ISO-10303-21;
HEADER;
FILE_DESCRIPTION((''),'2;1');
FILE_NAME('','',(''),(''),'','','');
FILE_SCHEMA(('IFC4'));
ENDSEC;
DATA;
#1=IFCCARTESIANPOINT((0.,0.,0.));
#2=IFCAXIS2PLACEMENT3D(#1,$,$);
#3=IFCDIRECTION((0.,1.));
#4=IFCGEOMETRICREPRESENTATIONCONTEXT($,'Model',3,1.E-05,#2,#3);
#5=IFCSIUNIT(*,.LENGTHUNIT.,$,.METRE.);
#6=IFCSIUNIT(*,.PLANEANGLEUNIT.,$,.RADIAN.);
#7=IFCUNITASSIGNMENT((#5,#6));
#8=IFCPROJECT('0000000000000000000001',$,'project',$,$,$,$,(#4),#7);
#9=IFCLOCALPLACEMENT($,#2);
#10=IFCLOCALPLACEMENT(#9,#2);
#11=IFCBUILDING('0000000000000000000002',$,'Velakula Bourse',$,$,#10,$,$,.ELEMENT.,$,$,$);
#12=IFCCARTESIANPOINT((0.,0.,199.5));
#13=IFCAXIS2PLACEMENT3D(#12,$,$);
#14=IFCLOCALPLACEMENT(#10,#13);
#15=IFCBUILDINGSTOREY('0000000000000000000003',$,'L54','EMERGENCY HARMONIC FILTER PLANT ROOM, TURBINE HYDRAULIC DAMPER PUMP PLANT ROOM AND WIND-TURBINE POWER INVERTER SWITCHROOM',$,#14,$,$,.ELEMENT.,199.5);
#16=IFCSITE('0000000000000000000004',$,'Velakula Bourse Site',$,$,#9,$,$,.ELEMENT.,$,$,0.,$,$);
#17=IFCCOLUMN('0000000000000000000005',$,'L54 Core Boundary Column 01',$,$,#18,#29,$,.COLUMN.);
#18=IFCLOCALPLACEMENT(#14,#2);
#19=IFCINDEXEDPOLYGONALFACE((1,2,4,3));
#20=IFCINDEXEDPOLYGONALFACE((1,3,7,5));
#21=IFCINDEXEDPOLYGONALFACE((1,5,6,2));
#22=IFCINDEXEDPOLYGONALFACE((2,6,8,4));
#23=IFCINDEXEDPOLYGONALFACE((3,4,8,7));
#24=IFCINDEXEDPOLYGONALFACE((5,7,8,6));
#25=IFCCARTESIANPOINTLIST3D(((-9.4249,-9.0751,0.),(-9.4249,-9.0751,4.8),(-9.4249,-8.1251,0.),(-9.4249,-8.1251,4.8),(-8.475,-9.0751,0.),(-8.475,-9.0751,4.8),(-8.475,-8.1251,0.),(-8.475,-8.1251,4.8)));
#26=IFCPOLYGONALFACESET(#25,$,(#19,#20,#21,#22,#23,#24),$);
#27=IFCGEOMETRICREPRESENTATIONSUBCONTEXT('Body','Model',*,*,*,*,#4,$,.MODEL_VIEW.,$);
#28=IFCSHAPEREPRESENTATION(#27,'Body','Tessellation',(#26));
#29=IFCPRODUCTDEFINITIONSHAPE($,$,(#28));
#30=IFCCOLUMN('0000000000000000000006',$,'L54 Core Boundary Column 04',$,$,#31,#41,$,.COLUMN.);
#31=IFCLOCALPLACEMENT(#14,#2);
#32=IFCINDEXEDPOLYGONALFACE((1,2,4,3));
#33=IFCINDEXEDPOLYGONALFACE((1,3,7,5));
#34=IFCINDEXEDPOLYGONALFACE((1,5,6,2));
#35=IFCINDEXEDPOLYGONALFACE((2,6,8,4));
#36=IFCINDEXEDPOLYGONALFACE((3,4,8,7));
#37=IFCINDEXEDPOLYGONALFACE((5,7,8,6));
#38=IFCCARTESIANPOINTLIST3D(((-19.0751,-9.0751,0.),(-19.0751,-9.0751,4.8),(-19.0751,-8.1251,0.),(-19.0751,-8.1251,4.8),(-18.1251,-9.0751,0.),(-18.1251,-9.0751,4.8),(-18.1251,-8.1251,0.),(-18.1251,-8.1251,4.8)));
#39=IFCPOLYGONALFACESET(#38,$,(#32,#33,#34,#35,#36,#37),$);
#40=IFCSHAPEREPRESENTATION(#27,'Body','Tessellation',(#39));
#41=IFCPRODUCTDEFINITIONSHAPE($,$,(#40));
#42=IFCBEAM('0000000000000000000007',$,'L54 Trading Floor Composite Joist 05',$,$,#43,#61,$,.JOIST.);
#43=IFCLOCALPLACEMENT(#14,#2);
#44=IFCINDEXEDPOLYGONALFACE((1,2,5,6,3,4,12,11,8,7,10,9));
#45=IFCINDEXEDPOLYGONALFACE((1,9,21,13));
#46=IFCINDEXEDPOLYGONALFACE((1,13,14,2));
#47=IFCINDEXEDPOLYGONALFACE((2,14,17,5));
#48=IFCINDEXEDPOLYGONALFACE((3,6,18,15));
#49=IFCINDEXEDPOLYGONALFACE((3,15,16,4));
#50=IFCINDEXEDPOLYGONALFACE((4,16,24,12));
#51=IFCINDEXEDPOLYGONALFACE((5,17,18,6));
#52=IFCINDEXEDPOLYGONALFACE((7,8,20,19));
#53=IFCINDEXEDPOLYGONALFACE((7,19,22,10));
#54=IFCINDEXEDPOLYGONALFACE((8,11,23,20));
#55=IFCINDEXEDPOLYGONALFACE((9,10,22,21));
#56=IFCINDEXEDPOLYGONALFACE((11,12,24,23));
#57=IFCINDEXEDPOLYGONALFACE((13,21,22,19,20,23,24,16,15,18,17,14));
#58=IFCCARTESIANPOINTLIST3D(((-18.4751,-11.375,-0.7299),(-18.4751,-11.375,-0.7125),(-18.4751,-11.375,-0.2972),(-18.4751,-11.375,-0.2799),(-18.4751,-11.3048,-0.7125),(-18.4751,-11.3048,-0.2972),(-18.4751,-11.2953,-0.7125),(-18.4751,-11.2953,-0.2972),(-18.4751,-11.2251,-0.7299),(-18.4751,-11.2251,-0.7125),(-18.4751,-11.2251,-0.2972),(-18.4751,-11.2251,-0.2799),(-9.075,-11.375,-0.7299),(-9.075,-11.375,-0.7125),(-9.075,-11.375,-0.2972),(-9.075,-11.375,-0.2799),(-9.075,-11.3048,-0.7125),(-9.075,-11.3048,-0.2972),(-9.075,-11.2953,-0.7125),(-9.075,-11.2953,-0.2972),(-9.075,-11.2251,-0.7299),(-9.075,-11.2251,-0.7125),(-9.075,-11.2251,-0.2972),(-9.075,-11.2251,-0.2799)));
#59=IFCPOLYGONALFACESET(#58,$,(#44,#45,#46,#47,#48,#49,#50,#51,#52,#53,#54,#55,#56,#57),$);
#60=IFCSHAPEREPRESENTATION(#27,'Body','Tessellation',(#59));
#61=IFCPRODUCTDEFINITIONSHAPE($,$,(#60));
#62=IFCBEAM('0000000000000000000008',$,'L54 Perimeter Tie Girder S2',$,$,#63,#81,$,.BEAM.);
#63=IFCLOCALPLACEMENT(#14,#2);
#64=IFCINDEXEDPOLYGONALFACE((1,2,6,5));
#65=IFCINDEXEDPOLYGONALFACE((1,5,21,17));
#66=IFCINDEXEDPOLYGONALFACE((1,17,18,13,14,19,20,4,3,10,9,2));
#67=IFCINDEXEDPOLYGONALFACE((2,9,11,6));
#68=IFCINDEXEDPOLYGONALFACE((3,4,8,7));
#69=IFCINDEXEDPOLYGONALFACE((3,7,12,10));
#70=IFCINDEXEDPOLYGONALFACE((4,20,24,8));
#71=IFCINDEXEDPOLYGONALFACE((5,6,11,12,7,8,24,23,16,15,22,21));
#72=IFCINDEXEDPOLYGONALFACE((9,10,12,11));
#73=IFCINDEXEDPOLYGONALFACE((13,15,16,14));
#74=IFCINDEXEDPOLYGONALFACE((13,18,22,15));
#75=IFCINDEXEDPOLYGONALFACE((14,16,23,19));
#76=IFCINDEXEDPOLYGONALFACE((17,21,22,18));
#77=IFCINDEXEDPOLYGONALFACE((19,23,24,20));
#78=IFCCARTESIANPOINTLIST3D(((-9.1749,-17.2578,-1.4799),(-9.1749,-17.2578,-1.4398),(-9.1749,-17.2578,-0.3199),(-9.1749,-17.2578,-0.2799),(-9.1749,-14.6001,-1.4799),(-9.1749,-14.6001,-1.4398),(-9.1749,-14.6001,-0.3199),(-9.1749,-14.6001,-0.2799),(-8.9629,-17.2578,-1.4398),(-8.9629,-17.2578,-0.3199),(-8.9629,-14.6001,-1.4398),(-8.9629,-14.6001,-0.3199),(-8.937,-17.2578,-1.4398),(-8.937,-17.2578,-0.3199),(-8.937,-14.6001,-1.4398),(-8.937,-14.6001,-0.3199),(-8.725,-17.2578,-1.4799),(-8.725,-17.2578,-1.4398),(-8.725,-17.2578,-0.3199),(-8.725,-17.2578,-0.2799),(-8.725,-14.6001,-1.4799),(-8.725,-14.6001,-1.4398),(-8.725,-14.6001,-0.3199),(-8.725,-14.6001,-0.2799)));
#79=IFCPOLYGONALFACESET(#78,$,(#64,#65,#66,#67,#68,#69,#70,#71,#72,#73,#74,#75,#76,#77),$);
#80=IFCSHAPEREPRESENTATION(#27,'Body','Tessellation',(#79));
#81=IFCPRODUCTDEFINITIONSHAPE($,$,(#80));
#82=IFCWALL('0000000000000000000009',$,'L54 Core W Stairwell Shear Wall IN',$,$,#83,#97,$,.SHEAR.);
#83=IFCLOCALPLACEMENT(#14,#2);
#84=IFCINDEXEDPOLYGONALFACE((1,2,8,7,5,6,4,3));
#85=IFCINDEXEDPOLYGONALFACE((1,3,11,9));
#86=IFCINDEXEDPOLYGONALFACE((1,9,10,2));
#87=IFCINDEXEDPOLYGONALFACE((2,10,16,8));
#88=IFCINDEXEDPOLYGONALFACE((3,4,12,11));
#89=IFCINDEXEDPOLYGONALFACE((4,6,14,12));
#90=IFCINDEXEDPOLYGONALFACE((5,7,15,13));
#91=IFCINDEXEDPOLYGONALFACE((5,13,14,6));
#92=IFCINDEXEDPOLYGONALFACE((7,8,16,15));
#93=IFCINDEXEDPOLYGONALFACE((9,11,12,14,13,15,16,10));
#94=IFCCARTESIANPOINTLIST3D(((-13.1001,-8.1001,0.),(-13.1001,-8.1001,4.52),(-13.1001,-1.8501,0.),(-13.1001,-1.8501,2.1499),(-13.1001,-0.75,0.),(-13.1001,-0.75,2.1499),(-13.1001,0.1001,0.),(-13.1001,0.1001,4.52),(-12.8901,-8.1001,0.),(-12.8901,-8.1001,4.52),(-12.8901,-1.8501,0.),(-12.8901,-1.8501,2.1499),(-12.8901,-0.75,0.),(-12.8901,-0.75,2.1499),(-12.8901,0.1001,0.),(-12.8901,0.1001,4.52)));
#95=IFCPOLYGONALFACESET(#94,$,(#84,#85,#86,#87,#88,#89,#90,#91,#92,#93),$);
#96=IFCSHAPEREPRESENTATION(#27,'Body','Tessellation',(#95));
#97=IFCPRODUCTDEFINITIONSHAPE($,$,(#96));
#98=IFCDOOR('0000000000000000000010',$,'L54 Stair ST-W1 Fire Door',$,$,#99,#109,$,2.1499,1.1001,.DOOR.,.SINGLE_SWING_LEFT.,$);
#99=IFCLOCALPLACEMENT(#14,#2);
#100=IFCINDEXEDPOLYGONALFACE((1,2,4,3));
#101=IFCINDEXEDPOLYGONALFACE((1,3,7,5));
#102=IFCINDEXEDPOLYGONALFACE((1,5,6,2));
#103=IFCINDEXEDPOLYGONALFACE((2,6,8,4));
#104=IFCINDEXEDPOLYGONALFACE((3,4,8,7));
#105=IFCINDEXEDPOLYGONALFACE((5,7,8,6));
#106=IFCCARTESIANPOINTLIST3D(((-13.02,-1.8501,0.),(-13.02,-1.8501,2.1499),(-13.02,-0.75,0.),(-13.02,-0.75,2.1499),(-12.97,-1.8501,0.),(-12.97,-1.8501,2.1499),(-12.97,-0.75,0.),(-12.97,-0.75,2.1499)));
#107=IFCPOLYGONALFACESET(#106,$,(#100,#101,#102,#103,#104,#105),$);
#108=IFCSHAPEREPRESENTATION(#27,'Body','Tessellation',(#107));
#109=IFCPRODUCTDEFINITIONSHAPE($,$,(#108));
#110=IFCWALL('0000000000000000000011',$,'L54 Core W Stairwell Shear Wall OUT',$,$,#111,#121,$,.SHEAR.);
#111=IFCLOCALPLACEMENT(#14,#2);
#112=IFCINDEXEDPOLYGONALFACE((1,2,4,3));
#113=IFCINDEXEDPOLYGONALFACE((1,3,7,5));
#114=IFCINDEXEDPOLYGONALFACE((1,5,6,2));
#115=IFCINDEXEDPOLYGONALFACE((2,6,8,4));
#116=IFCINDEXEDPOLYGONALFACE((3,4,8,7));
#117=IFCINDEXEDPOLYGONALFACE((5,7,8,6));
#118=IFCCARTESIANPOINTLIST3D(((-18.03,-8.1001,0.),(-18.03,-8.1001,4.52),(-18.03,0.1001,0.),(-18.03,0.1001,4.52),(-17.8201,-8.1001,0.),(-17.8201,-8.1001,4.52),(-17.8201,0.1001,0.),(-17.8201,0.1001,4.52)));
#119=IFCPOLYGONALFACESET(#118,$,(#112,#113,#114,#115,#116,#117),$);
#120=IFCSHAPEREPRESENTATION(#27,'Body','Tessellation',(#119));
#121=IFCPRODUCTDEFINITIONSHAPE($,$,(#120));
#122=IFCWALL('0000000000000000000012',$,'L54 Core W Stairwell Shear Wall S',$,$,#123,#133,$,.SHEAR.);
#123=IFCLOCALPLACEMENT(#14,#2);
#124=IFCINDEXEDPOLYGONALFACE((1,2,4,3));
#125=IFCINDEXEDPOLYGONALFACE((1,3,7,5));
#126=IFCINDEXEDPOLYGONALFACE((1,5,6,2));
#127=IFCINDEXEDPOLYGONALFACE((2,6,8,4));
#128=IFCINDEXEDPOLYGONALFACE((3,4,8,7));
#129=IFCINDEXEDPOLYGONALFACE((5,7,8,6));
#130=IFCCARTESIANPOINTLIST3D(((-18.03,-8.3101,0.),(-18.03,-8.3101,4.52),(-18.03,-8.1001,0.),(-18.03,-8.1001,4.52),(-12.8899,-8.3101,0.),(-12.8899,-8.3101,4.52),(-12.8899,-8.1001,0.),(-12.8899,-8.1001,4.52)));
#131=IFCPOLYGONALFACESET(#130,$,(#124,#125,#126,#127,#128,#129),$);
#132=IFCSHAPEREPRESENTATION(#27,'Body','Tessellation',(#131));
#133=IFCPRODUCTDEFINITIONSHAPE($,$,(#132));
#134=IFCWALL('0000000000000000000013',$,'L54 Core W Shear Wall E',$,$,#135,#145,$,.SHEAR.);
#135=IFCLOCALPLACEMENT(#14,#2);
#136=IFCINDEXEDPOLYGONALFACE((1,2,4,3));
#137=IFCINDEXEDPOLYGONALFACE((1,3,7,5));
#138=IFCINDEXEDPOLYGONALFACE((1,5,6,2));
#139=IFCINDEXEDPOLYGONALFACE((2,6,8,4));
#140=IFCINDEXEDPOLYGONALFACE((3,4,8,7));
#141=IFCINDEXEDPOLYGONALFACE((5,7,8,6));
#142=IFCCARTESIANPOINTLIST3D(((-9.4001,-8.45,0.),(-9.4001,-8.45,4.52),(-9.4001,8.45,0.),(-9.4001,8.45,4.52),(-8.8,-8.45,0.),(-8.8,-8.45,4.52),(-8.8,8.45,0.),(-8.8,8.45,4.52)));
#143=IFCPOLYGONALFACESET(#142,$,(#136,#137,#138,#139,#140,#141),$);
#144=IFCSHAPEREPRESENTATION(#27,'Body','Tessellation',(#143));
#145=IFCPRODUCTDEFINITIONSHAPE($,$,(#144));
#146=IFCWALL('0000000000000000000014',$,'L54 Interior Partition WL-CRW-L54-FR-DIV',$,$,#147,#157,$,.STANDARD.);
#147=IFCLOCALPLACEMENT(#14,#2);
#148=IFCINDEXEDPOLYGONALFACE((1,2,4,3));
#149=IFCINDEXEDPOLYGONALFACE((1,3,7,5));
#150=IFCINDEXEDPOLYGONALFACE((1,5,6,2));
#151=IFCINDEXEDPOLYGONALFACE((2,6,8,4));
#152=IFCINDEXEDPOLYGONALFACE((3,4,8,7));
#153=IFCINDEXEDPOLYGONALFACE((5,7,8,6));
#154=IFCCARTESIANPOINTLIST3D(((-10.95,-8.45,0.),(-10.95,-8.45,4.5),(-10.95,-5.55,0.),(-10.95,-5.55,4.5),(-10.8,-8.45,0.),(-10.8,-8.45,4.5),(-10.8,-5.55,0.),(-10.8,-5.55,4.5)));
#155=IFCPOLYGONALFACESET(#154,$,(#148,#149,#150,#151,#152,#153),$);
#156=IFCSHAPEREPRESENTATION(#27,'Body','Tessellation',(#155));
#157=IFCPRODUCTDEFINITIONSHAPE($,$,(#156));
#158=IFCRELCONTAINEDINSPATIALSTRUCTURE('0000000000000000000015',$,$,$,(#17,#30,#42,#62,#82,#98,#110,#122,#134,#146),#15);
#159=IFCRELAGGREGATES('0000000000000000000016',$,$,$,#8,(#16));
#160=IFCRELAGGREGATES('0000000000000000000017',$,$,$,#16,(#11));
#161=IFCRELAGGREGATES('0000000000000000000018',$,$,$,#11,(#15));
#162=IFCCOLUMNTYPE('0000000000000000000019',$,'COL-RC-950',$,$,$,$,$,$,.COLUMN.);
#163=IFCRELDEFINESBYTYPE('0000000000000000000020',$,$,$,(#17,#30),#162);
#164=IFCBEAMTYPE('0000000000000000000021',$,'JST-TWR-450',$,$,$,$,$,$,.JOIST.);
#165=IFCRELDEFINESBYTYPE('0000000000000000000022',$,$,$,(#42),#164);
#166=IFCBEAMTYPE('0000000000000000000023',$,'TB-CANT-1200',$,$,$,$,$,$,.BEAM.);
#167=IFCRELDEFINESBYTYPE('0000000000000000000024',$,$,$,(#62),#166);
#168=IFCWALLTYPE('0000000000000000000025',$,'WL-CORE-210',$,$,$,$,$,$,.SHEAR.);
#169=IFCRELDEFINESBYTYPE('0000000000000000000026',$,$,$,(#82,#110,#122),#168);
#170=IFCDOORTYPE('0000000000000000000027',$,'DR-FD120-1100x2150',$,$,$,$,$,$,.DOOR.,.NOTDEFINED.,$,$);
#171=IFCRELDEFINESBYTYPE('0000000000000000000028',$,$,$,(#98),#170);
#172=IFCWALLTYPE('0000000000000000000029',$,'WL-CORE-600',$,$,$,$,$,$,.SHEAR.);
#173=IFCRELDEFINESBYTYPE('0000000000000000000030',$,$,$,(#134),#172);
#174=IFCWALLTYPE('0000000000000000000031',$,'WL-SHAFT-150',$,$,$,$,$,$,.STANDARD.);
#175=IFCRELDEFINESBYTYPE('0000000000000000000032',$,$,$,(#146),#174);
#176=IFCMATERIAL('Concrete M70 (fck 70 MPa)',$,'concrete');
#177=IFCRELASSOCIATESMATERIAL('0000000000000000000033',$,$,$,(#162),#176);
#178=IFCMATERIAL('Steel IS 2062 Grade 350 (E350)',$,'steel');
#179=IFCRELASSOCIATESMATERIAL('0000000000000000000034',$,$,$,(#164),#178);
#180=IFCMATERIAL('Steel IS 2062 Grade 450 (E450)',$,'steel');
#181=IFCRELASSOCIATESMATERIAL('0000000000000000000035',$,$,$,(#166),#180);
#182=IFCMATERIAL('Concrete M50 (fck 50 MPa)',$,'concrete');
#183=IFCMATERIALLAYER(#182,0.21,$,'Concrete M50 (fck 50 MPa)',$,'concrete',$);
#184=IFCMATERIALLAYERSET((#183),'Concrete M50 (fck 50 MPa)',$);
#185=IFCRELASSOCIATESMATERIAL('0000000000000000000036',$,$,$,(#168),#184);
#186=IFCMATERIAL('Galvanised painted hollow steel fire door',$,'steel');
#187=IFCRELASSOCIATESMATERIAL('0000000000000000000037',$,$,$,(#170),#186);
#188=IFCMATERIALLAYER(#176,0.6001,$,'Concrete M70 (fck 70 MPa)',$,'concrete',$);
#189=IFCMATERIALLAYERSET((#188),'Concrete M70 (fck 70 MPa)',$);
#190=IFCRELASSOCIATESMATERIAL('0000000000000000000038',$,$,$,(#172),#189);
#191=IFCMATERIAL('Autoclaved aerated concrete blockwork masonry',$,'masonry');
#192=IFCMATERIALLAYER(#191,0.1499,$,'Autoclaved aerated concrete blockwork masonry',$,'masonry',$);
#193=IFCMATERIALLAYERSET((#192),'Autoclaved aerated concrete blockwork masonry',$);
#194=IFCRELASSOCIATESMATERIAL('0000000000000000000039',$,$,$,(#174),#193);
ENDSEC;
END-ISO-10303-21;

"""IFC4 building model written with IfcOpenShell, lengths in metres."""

from ifc_helpers import new_model, si_unit, direction, frame, frame_2d, origin, origin_2d, place, context, subcontext, project, spatial, rectangle, i_section, extrude, material, layer, layer_set, material_profile, profile_set, type_object, element, fill, save


model = new_model("IFC4")

# Units and contexts
model_context = context("Model", 3, precision=1e-05, world=origin(), true_north=direction((0.0, 1.0)))
body_context = subcontext(model_context, "Body", "Model", "MODEL_VIEW")
ifc_project = project(units=[si_unit("LENGTHUNIT", "METRE"), si_unit("PLANEANGLEUNIT", "RADIAN")], contexts=[model_context])

# Site, building, storey
site_placement = place(None, origin())
site = spatial("IfcSite", under=ifc_project, at=site_placement, Name="Velakula Bourse Site", CompositionType="ELEMENT", RefElevation=0.0)
building_placement = place(site_placement, origin())
building = spatial("IfcBuilding", under=site, at=building_placement, Name="Velakula Bourse", CompositionType="ELEMENT")
storey_placement = place(building_placement, frame((0.0, 0.0, 199.5)))
storey = spatial("IfcBuildingStorey", under=building, at=storey_placement, Name="L54", Description="EMERGENCY HARMONIC FILTER PLANT ROOM, TURBINE HYDRAULIC DAMPER PUMP PLANT ROOM AND WIND-TURBINE POWER INVERTER SWITCHROOM", CompositionType="ELEMENT", Elevation=199.5)

# Columns
ifc_material_1 = material(Name="Concrete M70 (fck 70 MPa)", Category="concrete")
ifc_material_profile_1 = material_profile(ifc_material_1, rectangle(XDim=0.95, YDim=0.95, at=origin_2d()), Name="Concrete M70 (fck 70 MPa)")
ifc_profile_set_1 = profile_set([ifc_material_profile_1], Name="Concrete M70 (fck 70 MPa)")
column_type = type_object("IfcColumnType", Name="COL-RC-950", PredefinedType="COLUMN", material=ifc_profile_set_1)
for number, where, z_axis, x_axis, name in (
    (1, (-8.95, -8.6001, 0.0), (0.0, 0.0, 1.0), (1.0, 0.0, 0.0), "L54 Core Boundary Column 01"),
    (2, (-18.6001, -8.6001, 0.0), (0.0, 0.0, 1.0), (1.0, 0.0, 0.0), "L54 Core Boundary Column 04"),
):
    element("IfcColumn", number, at=place(storey_placement, frame(where, z_axis=z_axis, x_axis=x_axis)), inside=storey, type_object=column_type, Name=name, PredefinedType="COLUMN", context=body_context, shape_type="SweptSolid", body=[
        extrude(rectangle(XDim=0.95, YDim=0.95, at=origin_2d()), origin(), (0.0, 0.0, 1.0), 4.8),
    ])

# Beams
ifc_material_2 = material(Name="Steel IS 2062 Grade 350 (E350)", Category="steel")
ifc_material_profile_2 = material_profile(ifc_material_2, i_section(OverallWidth=0.1499, OverallDepth=0.45, WebThickness=0.0095, FlangeThickness=0.0173, at=origin_2d()), Name="Steel IS 2062 Grade 350 (E350)")
ifc_profile_set_2 = profile_set([ifc_material_profile_2], Name="Steel IS 2062 Grade 350 (E350)")
beam_type_1 = type_object("IfcBeamType", Name="JST-TWR-450", PredefinedType="JOIST", material=ifc_profile_set_2)
beam_1_placement = place(storey_placement, frame((-18.4751, -11.3, -0.5049), z_axis=(1.0, 0.0, 0.0), x_axis=(0.0, 1.0, 0.0)))
element("IfcBeam", 3, at=beam_1_placement, inside=storey, type_object=beam_type_1, Name="L54 Trading Floor Composite Joist 05", PredefinedType="JOIST", context=body_context, shape_type="SweptSolid", body=[
    extrude(i_section(OverallWidth=0.1499, OverallDepth=0.45, WebThickness=0.0095, FlangeThickness=0.0173, at=origin_2d()), origin(), (0.0, 0.0, 1.0), 9.4001),
])
ifc_material_3 = material(Name="Steel IS 2062 Grade 450 (E450)", Category="steel")
ifc_material_profile_3 = material_profile(ifc_material_3, i_section(OverallWidth=0.45, OverallDepth=1.2, WebThickness=0.0259, FlangeThickness=0.04, at=origin_2d()), Name="Steel IS 2062 Grade 450 (E450)")
ifc_profile_set_3 = profile_set([ifc_material_profile_3], Name="Steel IS 2062 Grade 450 (E450)")
beam_type_2 = type_object("IfcBeamType", Name="TB-CANT-1200", PredefinedType="BEAM", material=ifc_profile_set_3)
beam_2_placement = place(storey_placement, frame((-8.95, -14.6001, -0.8799), z_axis=(0.0, -1.0, 0.0), x_axis=(1.0, 0.0, 0.0)))
element("IfcBeam", 4, at=beam_2_placement, inside=storey, type_object=beam_type_2, Name="L54 Perimeter Tie Girder S2", PredefinedType="BEAM", context=body_context, shape_type="SweptSolid", body=[
    extrude(i_section(OverallWidth=0.45, OverallDepth=1.2, WebThickness=0.0259, FlangeThickness=0.04, at=origin_2d()), origin(), (0.0, 0.0, 1.0), 2.6577),
])

# Wall, opening, door
ifc_material_4 = material(Name="Concrete M50 (fck 50 MPa)", Category="concrete")
ifc_layer_1 = layer(ifc_material_4, 0.21, Name="Concrete M50 (fck 50 MPa)", Category="concrete")
ifc_layer_set_1 = layer_set([ifc_layer_1], Name="Concrete M50 (fck 50 MPa)")
wall_type_1 = type_object("IfcWallType", Name="WL-CORE-210", PredefinedType="SHEAR", material=ifc_layer_set_1)
wall_1_placement = place(storey_placement, frame((-12.9951, -8.1001, 0.0), z_axis=(0.0, 0.0, 1.0), x_axis=(0.0, 1.0, 0.0)))
wall_1 = element("IfcWall", 5, at=wall_1_placement, inside=storey, type_object=wall_type_1, Name="L54 Core W Stairwell Shear Wall IN", PredefinedType="SHEAR", context=body_context, shape_type="SweptSolid", body=[
    extrude(rectangle(XDim=8.2002, YDim=0.21, at=frame_2d((4.1001, 0.0))), origin(), (0.0, 0.0, 1.0), 4.52),
])
opening_1_placement = place(wall_1_placement, frame((6.25, 0.0, 0.0)))
opening_1 = element("IfcOpeningElement", 6, at=opening_1_placement, cuts=wall_1, PredefinedType="OPENING", context=body_context, shape_type="SweptSolid", body=[
    extrude(rectangle(XDim=1.1001, YDim=2.1499, at=frame_2d((0.55, 1.075))), frame((0.0, 0.115, 0.0), z_axis=(0.0, -1.0, 0.0), x_axis=(1.0, 0.0, 0.0)), (0.0, 0.0, 1.0), 0.23),
])
ifc_material_5 = material(Name="Galvanised painted hollow steel fire door", Category="steel")
door_type_1 = type_object("IfcDoorType", Name="DR-FD120-1100x2150", OperationType="NOTDEFINED", PredefinedType="DOOR", material=ifc_material_5)
door_1_placement = place(opening_1_placement, origin())
door_1 = element("IfcDoor", 7, at=door_1_placement, inside=storey, type_object=door_type_1, Name="L54 Stair ST-W1 Fire Door", OperationType="SINGLE_SWING_LEFT", OverallHeight=2.1499, OverallWidth=1.1001, PredefinedType="DOOR", context=body_context, shape_type="SweptSolid", body=[
    extrude(rectangle(XDim=1.1001, YDim=2.1499, at=frame_2d((0.55, 1.075))), frame((0.0, 0.0249, 0.0), z_axis=(0.0, -1.0, 0.0), x_axis=(1.0, 0.0, 0.0)), (0.0, 0.0, 1.0), 0.05),
])
fill(opening_1, door_1)

# Walls
wall_2_placement = place(storey_placement, frame((-17.925, -8.1001, 0.0), z_axis=(0.0, 0.0, 1.0), x_axis=(0.0, 1.0, 0.0)))
element("IfcWall", 8, at=wall_2_placement, inside=storey, type_object=wall_type_1, Name="L54 Core W Stairwell Shear Wall OUT", PredefinedType="SHEAR", context=body_context, shape_type="SweptSolid", body=[
    extrude(rectangle(XDim=8.2002, YDim=0.21, at=frame_2d((4.1001, 0.0))), origin(), (0.0, 0.0, 1.0), 4.52),
])
wall_3_placement = place(storey_placement, frame((-18.03, -8.2051, 0.0), z_axis=(0.0, 0.0, 1.0), x_axis=(1.0, 0.0, 0.0)))
element("IfcWall", 9, at=wall_3_placement, inside=storey, type_object=wall_type_1, Name="L54 Core W Stairwell Shear Wall S", PredefinedType="SHEAR", context=body_context, shape_type="SweptSolid", body=[
    extrude(rectangle(XDim=5.1401, YDim=0.21, at=frame_2d((2.5701, 0.0))), origin(), (0.0, 0.0, 1.0), 4.52),
])
ifc_layer_2 = layer(ifc_material_1, 0.6001, Name="Concrete M70 (fck 70 MPa)", Category="concrete")
ifc_layer_set_2 = layer_set([ifc_layer_2], Name="Concrete M70 (fck 70 MPa)")
wall_type_2 = type_object("IfcWallType", Name="WL-CORE-600", PredefinedType="SHEAR", material=ifc_layer_set_2)
wall_4_placement = place(storey_placement, frame((-9.1001, -8.45, 0.0), z_axis=(0.0, 0.0, 1.0), x_axis=(0.0, 1.0, 0.0)))
element("IfcWall", 10, at=wall_4_placement, inside=storey, type_object=wall_type_2, Name="L54 Core W Shear Wall E", PredefinedType="SHEAR", context=body_context, shape_type="SweptSolid", body=[
    extrude(rectangle(XDim=16.8999, YDim=0.6001, at=frame_2d((8.45, 0.0))), origin(), (0.0, 0.0, 1.0), 4.52),
])

# Shared definitions
ifc_material_6 = material(Name="Autoclaved aerated concrete blockwork masonry", Category="masonry")
ifc_layer_3 = layer(ifc_material_6, 0.1499, Name="Autoclaved aerated concrete blockwork masonry", Category="masonry")
ifc_layer_set_3 = layer_set([ifc_layer_3], Name="Autoclaved aerated concrete blockwork masonry")
wall_type_3 = type_object("IfcWallType", Name="WL-SHAFT-150", PredefinedType="STANDARD", material=ifc_layer_set_3)

# Wall
wall_5_placement = place(storey_placement, frame((-10.875, -8.45, 0.0), z_axis=(0.0, 0.0, 1.0), x_axis=(0.0, 1.0, 0.0)))
element("IfcWall", 11, at=wall_5_placement, inside=storey, type_object=wall_type_3, Name="L54 Interior Partition WL-CRW-L54-FR-DIV", PredefinedType="STANDARD", context=body_context, shape_type="SweptSolid", body=[
    extrude(rectangle(XDim=2.8999, YDim=0.1499, at=frame_2d((1.45, 0.0))), origin(), (0.0, 0.0, 1.0), 4.5),
])

save(model, "model.ifc")
